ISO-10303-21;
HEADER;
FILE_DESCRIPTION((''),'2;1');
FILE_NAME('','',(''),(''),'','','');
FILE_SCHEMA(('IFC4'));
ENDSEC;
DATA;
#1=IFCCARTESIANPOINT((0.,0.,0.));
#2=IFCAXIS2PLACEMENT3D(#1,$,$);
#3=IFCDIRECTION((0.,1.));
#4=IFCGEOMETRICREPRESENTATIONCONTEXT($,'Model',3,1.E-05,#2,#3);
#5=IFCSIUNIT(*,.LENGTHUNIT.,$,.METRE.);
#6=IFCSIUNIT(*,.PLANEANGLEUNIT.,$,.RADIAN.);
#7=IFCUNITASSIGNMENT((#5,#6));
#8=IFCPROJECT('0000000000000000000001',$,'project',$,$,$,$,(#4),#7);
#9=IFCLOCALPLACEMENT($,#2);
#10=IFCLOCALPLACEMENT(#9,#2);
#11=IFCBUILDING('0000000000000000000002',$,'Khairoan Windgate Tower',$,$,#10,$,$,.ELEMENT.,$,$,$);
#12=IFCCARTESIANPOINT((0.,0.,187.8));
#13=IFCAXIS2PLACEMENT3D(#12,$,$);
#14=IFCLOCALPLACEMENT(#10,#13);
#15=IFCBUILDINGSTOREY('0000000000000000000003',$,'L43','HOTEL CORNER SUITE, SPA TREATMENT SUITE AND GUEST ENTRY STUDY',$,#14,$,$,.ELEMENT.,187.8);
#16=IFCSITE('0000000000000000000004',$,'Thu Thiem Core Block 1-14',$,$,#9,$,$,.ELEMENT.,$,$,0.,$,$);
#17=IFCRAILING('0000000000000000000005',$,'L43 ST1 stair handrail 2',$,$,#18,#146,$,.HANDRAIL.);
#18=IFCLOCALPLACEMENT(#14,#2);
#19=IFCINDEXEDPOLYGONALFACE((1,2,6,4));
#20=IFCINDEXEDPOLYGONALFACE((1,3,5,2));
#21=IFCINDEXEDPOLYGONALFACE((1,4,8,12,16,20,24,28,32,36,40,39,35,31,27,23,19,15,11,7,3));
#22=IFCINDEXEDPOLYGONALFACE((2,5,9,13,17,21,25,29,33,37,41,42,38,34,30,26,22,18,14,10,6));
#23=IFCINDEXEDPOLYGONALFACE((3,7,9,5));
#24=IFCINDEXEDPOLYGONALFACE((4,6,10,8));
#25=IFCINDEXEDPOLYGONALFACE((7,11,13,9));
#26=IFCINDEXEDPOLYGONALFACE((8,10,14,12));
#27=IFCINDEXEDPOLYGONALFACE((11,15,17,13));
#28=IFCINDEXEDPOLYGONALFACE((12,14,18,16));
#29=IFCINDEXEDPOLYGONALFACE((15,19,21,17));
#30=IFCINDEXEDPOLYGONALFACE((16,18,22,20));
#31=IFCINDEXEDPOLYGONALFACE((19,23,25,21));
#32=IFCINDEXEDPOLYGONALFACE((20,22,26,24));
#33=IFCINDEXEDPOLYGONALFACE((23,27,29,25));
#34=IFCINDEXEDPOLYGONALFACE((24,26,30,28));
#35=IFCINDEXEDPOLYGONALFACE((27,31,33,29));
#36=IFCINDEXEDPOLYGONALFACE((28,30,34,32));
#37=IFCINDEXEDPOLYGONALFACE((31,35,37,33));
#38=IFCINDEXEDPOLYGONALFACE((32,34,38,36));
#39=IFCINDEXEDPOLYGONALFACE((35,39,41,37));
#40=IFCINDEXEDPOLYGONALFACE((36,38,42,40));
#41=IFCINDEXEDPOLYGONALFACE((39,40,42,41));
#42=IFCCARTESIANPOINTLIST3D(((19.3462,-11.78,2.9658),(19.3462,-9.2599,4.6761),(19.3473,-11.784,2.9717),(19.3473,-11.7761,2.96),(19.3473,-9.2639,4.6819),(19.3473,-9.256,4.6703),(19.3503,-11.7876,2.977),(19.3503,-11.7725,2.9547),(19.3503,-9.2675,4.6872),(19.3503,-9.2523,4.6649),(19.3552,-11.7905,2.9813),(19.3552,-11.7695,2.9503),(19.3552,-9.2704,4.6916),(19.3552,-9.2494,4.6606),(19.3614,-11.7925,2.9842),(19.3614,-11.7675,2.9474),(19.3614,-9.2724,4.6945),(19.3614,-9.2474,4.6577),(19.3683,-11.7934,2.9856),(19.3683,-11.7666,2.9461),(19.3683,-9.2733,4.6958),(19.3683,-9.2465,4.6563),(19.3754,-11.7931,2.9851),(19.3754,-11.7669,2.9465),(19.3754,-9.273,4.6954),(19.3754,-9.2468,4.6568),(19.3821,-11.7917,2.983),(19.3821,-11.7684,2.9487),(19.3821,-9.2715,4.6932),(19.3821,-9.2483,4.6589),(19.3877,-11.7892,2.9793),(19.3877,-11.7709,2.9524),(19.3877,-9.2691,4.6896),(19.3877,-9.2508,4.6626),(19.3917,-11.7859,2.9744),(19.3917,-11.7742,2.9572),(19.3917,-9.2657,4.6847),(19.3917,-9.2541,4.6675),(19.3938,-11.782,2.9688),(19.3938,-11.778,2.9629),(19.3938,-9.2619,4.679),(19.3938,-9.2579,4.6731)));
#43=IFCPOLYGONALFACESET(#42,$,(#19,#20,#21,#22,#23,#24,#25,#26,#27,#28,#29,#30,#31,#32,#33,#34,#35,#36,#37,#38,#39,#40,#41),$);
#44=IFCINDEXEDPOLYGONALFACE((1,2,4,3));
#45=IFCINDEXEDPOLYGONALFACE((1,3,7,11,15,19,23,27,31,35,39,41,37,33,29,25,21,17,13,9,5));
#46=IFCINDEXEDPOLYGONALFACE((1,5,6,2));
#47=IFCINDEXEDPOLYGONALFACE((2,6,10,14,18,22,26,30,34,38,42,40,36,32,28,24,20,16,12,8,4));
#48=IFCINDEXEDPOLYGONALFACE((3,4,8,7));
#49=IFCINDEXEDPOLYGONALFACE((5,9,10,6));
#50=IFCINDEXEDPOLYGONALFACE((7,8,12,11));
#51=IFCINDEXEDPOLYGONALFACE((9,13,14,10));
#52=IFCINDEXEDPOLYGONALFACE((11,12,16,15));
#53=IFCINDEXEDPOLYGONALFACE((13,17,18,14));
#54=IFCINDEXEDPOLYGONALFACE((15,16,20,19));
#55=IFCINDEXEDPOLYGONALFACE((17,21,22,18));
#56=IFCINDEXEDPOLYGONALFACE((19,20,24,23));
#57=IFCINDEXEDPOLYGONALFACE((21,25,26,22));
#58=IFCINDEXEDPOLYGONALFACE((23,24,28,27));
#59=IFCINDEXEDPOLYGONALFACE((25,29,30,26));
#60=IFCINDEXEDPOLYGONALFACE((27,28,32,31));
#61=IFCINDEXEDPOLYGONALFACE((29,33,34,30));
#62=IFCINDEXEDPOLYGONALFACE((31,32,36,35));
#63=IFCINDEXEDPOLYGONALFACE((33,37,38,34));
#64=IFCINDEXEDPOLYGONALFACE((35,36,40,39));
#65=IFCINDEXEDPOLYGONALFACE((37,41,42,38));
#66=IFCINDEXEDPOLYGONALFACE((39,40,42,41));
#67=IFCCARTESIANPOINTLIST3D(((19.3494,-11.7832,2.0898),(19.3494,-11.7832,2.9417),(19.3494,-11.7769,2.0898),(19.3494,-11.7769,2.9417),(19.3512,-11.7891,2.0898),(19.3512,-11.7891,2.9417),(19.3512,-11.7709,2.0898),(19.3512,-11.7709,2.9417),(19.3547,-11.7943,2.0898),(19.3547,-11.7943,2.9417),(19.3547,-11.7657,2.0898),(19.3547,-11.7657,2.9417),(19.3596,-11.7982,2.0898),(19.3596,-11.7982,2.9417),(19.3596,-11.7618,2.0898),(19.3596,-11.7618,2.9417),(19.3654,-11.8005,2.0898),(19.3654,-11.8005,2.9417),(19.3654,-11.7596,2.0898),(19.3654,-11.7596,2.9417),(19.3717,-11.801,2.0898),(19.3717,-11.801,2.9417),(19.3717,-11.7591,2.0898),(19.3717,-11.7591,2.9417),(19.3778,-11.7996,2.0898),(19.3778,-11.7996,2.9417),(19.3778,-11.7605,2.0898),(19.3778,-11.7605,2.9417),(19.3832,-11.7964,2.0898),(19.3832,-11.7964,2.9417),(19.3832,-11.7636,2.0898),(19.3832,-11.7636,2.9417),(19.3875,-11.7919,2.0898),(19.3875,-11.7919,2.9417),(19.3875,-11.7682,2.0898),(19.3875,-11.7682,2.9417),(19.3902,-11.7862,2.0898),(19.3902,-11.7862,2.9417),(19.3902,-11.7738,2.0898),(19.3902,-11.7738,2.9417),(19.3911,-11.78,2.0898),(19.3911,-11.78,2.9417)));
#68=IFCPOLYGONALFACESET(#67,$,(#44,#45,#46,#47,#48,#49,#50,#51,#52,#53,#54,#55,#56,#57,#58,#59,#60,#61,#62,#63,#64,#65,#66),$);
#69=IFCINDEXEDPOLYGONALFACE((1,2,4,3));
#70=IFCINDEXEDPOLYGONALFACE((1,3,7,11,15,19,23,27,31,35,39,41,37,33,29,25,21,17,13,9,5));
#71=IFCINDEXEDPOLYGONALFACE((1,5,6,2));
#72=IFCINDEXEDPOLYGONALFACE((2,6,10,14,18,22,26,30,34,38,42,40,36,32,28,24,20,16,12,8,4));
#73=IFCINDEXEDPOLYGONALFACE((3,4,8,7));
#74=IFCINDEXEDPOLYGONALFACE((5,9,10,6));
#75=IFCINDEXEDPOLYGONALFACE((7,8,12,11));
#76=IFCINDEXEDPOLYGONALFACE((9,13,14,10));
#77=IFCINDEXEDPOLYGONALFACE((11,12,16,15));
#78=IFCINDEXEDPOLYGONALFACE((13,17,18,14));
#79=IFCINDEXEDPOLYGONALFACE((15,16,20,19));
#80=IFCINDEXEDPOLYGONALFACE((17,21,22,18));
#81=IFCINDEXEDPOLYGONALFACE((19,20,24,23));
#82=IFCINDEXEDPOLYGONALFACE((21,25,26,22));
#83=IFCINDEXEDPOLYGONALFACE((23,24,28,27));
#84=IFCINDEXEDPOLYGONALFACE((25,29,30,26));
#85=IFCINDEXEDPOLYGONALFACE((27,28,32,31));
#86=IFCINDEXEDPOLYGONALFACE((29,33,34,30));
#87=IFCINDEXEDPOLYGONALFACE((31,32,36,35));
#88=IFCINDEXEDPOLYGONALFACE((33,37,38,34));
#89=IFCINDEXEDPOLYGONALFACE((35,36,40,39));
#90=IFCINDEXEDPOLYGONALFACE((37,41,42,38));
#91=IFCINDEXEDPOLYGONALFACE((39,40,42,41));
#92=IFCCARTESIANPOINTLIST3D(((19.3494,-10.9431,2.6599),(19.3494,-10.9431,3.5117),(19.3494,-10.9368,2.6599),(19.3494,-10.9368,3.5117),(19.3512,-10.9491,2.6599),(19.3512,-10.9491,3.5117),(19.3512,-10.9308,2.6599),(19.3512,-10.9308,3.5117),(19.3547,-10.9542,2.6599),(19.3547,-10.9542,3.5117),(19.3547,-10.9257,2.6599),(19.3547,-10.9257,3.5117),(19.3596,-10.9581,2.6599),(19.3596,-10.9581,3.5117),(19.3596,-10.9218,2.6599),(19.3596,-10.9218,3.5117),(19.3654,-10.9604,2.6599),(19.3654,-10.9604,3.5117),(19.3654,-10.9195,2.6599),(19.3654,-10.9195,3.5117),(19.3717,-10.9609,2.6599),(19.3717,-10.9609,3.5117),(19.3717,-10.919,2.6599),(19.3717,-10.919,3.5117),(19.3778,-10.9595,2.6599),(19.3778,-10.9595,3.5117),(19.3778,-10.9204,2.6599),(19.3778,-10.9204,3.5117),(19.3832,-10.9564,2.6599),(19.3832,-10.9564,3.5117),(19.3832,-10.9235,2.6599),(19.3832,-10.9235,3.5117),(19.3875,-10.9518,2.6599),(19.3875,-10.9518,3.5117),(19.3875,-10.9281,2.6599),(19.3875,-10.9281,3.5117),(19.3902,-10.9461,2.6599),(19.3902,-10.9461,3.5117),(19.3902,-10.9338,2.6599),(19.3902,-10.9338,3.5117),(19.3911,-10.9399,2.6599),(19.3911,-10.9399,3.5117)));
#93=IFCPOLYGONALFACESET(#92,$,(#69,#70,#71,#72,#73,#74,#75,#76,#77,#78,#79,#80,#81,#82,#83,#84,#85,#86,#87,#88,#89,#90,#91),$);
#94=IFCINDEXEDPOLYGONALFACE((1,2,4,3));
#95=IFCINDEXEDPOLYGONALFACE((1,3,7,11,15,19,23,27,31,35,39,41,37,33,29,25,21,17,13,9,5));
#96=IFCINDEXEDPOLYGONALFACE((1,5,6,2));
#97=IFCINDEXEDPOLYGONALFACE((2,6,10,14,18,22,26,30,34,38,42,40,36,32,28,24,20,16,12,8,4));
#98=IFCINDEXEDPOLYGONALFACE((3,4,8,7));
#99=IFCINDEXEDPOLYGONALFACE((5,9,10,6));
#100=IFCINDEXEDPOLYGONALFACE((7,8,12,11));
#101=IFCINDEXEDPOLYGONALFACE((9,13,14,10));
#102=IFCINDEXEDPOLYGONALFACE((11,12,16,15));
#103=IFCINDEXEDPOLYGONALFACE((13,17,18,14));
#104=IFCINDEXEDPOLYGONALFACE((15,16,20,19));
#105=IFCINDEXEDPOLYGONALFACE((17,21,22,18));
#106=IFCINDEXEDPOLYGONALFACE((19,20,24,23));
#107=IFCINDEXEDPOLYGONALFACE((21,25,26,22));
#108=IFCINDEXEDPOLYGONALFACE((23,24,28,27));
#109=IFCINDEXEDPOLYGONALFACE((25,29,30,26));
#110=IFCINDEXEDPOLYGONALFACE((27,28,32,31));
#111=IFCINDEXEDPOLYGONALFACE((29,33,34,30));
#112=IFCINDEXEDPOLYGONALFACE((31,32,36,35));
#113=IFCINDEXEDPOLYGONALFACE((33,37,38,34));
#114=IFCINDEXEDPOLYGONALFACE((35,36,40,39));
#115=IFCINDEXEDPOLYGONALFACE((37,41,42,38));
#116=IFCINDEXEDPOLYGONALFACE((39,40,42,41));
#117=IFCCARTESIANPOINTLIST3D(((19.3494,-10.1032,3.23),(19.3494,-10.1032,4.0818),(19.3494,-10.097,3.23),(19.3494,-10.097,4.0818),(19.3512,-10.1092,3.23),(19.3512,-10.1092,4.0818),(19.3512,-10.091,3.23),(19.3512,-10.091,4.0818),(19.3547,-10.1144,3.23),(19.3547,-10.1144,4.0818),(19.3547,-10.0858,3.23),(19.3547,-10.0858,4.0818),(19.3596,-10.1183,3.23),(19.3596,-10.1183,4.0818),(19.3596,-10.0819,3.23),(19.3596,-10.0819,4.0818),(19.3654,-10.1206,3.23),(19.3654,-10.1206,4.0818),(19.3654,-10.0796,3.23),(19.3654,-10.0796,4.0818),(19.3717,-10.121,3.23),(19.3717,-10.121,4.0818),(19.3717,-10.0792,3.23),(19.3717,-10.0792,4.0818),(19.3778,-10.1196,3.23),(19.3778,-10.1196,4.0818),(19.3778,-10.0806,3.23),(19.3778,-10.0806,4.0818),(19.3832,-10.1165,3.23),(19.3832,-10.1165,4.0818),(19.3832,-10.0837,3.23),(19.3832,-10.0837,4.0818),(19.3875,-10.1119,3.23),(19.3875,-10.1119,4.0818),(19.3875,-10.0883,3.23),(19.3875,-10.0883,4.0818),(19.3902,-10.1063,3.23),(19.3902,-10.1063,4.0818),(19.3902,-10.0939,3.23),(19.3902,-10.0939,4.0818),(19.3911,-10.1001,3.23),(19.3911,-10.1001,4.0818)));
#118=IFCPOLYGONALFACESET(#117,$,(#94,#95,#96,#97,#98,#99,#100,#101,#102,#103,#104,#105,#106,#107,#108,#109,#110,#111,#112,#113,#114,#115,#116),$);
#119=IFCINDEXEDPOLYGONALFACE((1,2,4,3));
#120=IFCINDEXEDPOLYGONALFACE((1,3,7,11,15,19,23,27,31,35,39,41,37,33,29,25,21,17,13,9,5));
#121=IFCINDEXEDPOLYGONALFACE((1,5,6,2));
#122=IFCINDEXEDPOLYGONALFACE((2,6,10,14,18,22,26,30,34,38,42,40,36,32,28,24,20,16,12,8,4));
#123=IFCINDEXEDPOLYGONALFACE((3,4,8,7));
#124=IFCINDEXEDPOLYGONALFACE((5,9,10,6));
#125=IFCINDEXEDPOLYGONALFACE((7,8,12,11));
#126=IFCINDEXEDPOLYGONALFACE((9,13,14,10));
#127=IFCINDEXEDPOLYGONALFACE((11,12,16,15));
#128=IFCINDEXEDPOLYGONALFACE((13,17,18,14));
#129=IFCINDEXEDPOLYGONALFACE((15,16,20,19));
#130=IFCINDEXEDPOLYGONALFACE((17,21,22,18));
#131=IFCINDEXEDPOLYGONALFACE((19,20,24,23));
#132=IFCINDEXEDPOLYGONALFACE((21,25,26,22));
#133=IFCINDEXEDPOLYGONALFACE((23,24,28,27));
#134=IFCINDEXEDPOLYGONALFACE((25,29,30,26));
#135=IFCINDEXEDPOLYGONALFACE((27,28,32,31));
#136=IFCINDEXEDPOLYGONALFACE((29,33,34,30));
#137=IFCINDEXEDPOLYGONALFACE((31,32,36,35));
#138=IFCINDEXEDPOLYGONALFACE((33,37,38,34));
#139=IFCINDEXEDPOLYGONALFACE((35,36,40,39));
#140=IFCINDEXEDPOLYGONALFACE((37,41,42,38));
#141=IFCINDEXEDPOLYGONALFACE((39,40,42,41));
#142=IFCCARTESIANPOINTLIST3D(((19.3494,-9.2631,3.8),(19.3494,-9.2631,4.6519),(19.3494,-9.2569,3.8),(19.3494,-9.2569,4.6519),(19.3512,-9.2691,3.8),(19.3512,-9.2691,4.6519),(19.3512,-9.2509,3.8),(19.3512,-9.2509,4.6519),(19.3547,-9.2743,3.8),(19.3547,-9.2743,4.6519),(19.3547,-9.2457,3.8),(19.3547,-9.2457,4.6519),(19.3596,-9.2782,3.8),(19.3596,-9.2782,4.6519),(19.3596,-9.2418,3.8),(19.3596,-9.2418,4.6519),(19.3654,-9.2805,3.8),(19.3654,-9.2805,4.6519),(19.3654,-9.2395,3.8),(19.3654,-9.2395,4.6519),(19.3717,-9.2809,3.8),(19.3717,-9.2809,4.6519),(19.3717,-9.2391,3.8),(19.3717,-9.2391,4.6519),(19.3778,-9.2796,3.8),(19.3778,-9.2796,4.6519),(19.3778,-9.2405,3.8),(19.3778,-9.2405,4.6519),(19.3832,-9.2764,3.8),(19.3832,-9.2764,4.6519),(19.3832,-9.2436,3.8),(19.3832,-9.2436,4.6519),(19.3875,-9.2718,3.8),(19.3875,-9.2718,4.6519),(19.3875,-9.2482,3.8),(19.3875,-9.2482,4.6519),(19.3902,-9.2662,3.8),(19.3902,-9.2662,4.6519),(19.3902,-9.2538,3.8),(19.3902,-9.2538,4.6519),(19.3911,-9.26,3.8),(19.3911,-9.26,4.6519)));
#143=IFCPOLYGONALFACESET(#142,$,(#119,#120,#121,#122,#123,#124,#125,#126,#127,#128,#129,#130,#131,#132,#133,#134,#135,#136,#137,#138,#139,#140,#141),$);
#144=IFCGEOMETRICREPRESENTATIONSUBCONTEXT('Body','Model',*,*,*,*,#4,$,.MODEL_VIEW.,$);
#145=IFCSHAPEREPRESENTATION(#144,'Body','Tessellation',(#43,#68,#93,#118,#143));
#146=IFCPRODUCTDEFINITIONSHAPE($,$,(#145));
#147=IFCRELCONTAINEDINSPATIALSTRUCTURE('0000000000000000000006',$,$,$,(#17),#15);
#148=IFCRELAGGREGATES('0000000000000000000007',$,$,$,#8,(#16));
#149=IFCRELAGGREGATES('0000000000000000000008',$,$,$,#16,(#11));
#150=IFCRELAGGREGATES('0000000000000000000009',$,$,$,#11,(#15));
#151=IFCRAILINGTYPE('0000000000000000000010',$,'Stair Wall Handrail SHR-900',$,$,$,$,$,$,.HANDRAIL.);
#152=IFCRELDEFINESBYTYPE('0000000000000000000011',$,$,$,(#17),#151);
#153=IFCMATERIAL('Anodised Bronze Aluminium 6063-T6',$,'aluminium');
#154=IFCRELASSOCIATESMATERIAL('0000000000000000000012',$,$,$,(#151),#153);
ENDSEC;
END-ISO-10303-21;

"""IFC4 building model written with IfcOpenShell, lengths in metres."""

from ifc_helpers import new_model, si_unit, direction, frame, origin, origin_2d, place, context, subcontext, project, spatial, circle, extrude, material, type_object, element, save


model = new_model("IFC4")

# Units and contexts
model_context = context("Model", 3, precision=1e-05, world=origin(), true_north=direction((0.0, 1.0)))
body_context = subcontext(model_context, "Body", "Model", "MODEL_VIEW")
ifc_project = project(units=[si_unit("LENGTHUNIT", "METRE"), si_unit("PLANEANGLEUNIT", "RADIAN")], contexts=[model_context])

# Site, building, storey
site_placement = place(None, origin())
site = spatial("IfcSite", under=ifc_project, at=site_placement, Name="Thu Thiem Core Block 1-14", CompositionType="ELEMENT", RefElevation=0.0)
building_placement = place(site_placement, origin())
building = spatial("IfcBuilding", under=site, at=building_placement, Name="Khairoan Windgate Tower", CompositionType="ELEMENT")
storey_placement = place(building_placement, frame((0.0, 0.0, 187.8)))
storey = spatial("IfcBuildingStorey", under=building, at=storey_placement, Name="L43", Description="HOTEL CORNER SUITE, SPA TREATMENT SUITE AND GUEST ENTRY STUDY", CompositionType="ELEMENT", Elevation=187.8)

# Railing
ifc_material_1 = material(Name="Anodised Bronze Aluminium 6063-T6", Category="aluminium")
railing_type_1 = type_object("IfcRailingType", Name="Stair Wall Handrail SHR-900", PredefinedType="HANDRAIL", material=ifc_material_1)
railing_1_placement = place(storey_placement, frame((19.3701, -11.78, 2.0898)))
element("IfcRailing", 1, at=railing_1_placement, inside=storey, type_object=railing_type_1, Name="L43 ST1 stair handrail 2", PredefinedType="HANDRAIL", context=body_context, shape_type="SweptSolid", body=[
    extrude(circle(Radius=0.0239, at=origin_2d()), frame((0.0, 0.0, 0.876), z_axis=(0.0, 0.827447, 0.561545), x_axis=(-1.0, 0.0, 0.0)), (0.0, 0.0, 1.0), 3.0457),
    extrude(circle(Radius=0.021, at=origin_2d()), origin(), (0.0, 0.0, 1.0), 0.8518),
    extrude(circle(Radius=0.021, at=origin_2d()), frame((0.0, 0.8401, 0.5701)), (0.0, 0.0, 1.0), 0.8518),
    extrude(circle(Radius=0.021, at=origin_2d()), frame((0.0, 1.6799, 1.1401)), (0.0, 0.0, 1.0), 0.8518),
    extrude(circle(Radius=0.021, at=origin_2d()), frame((0.0, 2.52, 1.7102)), (0.0, 0.0, 1.0), 0.8518),
])

save(model, "model.ifc")
